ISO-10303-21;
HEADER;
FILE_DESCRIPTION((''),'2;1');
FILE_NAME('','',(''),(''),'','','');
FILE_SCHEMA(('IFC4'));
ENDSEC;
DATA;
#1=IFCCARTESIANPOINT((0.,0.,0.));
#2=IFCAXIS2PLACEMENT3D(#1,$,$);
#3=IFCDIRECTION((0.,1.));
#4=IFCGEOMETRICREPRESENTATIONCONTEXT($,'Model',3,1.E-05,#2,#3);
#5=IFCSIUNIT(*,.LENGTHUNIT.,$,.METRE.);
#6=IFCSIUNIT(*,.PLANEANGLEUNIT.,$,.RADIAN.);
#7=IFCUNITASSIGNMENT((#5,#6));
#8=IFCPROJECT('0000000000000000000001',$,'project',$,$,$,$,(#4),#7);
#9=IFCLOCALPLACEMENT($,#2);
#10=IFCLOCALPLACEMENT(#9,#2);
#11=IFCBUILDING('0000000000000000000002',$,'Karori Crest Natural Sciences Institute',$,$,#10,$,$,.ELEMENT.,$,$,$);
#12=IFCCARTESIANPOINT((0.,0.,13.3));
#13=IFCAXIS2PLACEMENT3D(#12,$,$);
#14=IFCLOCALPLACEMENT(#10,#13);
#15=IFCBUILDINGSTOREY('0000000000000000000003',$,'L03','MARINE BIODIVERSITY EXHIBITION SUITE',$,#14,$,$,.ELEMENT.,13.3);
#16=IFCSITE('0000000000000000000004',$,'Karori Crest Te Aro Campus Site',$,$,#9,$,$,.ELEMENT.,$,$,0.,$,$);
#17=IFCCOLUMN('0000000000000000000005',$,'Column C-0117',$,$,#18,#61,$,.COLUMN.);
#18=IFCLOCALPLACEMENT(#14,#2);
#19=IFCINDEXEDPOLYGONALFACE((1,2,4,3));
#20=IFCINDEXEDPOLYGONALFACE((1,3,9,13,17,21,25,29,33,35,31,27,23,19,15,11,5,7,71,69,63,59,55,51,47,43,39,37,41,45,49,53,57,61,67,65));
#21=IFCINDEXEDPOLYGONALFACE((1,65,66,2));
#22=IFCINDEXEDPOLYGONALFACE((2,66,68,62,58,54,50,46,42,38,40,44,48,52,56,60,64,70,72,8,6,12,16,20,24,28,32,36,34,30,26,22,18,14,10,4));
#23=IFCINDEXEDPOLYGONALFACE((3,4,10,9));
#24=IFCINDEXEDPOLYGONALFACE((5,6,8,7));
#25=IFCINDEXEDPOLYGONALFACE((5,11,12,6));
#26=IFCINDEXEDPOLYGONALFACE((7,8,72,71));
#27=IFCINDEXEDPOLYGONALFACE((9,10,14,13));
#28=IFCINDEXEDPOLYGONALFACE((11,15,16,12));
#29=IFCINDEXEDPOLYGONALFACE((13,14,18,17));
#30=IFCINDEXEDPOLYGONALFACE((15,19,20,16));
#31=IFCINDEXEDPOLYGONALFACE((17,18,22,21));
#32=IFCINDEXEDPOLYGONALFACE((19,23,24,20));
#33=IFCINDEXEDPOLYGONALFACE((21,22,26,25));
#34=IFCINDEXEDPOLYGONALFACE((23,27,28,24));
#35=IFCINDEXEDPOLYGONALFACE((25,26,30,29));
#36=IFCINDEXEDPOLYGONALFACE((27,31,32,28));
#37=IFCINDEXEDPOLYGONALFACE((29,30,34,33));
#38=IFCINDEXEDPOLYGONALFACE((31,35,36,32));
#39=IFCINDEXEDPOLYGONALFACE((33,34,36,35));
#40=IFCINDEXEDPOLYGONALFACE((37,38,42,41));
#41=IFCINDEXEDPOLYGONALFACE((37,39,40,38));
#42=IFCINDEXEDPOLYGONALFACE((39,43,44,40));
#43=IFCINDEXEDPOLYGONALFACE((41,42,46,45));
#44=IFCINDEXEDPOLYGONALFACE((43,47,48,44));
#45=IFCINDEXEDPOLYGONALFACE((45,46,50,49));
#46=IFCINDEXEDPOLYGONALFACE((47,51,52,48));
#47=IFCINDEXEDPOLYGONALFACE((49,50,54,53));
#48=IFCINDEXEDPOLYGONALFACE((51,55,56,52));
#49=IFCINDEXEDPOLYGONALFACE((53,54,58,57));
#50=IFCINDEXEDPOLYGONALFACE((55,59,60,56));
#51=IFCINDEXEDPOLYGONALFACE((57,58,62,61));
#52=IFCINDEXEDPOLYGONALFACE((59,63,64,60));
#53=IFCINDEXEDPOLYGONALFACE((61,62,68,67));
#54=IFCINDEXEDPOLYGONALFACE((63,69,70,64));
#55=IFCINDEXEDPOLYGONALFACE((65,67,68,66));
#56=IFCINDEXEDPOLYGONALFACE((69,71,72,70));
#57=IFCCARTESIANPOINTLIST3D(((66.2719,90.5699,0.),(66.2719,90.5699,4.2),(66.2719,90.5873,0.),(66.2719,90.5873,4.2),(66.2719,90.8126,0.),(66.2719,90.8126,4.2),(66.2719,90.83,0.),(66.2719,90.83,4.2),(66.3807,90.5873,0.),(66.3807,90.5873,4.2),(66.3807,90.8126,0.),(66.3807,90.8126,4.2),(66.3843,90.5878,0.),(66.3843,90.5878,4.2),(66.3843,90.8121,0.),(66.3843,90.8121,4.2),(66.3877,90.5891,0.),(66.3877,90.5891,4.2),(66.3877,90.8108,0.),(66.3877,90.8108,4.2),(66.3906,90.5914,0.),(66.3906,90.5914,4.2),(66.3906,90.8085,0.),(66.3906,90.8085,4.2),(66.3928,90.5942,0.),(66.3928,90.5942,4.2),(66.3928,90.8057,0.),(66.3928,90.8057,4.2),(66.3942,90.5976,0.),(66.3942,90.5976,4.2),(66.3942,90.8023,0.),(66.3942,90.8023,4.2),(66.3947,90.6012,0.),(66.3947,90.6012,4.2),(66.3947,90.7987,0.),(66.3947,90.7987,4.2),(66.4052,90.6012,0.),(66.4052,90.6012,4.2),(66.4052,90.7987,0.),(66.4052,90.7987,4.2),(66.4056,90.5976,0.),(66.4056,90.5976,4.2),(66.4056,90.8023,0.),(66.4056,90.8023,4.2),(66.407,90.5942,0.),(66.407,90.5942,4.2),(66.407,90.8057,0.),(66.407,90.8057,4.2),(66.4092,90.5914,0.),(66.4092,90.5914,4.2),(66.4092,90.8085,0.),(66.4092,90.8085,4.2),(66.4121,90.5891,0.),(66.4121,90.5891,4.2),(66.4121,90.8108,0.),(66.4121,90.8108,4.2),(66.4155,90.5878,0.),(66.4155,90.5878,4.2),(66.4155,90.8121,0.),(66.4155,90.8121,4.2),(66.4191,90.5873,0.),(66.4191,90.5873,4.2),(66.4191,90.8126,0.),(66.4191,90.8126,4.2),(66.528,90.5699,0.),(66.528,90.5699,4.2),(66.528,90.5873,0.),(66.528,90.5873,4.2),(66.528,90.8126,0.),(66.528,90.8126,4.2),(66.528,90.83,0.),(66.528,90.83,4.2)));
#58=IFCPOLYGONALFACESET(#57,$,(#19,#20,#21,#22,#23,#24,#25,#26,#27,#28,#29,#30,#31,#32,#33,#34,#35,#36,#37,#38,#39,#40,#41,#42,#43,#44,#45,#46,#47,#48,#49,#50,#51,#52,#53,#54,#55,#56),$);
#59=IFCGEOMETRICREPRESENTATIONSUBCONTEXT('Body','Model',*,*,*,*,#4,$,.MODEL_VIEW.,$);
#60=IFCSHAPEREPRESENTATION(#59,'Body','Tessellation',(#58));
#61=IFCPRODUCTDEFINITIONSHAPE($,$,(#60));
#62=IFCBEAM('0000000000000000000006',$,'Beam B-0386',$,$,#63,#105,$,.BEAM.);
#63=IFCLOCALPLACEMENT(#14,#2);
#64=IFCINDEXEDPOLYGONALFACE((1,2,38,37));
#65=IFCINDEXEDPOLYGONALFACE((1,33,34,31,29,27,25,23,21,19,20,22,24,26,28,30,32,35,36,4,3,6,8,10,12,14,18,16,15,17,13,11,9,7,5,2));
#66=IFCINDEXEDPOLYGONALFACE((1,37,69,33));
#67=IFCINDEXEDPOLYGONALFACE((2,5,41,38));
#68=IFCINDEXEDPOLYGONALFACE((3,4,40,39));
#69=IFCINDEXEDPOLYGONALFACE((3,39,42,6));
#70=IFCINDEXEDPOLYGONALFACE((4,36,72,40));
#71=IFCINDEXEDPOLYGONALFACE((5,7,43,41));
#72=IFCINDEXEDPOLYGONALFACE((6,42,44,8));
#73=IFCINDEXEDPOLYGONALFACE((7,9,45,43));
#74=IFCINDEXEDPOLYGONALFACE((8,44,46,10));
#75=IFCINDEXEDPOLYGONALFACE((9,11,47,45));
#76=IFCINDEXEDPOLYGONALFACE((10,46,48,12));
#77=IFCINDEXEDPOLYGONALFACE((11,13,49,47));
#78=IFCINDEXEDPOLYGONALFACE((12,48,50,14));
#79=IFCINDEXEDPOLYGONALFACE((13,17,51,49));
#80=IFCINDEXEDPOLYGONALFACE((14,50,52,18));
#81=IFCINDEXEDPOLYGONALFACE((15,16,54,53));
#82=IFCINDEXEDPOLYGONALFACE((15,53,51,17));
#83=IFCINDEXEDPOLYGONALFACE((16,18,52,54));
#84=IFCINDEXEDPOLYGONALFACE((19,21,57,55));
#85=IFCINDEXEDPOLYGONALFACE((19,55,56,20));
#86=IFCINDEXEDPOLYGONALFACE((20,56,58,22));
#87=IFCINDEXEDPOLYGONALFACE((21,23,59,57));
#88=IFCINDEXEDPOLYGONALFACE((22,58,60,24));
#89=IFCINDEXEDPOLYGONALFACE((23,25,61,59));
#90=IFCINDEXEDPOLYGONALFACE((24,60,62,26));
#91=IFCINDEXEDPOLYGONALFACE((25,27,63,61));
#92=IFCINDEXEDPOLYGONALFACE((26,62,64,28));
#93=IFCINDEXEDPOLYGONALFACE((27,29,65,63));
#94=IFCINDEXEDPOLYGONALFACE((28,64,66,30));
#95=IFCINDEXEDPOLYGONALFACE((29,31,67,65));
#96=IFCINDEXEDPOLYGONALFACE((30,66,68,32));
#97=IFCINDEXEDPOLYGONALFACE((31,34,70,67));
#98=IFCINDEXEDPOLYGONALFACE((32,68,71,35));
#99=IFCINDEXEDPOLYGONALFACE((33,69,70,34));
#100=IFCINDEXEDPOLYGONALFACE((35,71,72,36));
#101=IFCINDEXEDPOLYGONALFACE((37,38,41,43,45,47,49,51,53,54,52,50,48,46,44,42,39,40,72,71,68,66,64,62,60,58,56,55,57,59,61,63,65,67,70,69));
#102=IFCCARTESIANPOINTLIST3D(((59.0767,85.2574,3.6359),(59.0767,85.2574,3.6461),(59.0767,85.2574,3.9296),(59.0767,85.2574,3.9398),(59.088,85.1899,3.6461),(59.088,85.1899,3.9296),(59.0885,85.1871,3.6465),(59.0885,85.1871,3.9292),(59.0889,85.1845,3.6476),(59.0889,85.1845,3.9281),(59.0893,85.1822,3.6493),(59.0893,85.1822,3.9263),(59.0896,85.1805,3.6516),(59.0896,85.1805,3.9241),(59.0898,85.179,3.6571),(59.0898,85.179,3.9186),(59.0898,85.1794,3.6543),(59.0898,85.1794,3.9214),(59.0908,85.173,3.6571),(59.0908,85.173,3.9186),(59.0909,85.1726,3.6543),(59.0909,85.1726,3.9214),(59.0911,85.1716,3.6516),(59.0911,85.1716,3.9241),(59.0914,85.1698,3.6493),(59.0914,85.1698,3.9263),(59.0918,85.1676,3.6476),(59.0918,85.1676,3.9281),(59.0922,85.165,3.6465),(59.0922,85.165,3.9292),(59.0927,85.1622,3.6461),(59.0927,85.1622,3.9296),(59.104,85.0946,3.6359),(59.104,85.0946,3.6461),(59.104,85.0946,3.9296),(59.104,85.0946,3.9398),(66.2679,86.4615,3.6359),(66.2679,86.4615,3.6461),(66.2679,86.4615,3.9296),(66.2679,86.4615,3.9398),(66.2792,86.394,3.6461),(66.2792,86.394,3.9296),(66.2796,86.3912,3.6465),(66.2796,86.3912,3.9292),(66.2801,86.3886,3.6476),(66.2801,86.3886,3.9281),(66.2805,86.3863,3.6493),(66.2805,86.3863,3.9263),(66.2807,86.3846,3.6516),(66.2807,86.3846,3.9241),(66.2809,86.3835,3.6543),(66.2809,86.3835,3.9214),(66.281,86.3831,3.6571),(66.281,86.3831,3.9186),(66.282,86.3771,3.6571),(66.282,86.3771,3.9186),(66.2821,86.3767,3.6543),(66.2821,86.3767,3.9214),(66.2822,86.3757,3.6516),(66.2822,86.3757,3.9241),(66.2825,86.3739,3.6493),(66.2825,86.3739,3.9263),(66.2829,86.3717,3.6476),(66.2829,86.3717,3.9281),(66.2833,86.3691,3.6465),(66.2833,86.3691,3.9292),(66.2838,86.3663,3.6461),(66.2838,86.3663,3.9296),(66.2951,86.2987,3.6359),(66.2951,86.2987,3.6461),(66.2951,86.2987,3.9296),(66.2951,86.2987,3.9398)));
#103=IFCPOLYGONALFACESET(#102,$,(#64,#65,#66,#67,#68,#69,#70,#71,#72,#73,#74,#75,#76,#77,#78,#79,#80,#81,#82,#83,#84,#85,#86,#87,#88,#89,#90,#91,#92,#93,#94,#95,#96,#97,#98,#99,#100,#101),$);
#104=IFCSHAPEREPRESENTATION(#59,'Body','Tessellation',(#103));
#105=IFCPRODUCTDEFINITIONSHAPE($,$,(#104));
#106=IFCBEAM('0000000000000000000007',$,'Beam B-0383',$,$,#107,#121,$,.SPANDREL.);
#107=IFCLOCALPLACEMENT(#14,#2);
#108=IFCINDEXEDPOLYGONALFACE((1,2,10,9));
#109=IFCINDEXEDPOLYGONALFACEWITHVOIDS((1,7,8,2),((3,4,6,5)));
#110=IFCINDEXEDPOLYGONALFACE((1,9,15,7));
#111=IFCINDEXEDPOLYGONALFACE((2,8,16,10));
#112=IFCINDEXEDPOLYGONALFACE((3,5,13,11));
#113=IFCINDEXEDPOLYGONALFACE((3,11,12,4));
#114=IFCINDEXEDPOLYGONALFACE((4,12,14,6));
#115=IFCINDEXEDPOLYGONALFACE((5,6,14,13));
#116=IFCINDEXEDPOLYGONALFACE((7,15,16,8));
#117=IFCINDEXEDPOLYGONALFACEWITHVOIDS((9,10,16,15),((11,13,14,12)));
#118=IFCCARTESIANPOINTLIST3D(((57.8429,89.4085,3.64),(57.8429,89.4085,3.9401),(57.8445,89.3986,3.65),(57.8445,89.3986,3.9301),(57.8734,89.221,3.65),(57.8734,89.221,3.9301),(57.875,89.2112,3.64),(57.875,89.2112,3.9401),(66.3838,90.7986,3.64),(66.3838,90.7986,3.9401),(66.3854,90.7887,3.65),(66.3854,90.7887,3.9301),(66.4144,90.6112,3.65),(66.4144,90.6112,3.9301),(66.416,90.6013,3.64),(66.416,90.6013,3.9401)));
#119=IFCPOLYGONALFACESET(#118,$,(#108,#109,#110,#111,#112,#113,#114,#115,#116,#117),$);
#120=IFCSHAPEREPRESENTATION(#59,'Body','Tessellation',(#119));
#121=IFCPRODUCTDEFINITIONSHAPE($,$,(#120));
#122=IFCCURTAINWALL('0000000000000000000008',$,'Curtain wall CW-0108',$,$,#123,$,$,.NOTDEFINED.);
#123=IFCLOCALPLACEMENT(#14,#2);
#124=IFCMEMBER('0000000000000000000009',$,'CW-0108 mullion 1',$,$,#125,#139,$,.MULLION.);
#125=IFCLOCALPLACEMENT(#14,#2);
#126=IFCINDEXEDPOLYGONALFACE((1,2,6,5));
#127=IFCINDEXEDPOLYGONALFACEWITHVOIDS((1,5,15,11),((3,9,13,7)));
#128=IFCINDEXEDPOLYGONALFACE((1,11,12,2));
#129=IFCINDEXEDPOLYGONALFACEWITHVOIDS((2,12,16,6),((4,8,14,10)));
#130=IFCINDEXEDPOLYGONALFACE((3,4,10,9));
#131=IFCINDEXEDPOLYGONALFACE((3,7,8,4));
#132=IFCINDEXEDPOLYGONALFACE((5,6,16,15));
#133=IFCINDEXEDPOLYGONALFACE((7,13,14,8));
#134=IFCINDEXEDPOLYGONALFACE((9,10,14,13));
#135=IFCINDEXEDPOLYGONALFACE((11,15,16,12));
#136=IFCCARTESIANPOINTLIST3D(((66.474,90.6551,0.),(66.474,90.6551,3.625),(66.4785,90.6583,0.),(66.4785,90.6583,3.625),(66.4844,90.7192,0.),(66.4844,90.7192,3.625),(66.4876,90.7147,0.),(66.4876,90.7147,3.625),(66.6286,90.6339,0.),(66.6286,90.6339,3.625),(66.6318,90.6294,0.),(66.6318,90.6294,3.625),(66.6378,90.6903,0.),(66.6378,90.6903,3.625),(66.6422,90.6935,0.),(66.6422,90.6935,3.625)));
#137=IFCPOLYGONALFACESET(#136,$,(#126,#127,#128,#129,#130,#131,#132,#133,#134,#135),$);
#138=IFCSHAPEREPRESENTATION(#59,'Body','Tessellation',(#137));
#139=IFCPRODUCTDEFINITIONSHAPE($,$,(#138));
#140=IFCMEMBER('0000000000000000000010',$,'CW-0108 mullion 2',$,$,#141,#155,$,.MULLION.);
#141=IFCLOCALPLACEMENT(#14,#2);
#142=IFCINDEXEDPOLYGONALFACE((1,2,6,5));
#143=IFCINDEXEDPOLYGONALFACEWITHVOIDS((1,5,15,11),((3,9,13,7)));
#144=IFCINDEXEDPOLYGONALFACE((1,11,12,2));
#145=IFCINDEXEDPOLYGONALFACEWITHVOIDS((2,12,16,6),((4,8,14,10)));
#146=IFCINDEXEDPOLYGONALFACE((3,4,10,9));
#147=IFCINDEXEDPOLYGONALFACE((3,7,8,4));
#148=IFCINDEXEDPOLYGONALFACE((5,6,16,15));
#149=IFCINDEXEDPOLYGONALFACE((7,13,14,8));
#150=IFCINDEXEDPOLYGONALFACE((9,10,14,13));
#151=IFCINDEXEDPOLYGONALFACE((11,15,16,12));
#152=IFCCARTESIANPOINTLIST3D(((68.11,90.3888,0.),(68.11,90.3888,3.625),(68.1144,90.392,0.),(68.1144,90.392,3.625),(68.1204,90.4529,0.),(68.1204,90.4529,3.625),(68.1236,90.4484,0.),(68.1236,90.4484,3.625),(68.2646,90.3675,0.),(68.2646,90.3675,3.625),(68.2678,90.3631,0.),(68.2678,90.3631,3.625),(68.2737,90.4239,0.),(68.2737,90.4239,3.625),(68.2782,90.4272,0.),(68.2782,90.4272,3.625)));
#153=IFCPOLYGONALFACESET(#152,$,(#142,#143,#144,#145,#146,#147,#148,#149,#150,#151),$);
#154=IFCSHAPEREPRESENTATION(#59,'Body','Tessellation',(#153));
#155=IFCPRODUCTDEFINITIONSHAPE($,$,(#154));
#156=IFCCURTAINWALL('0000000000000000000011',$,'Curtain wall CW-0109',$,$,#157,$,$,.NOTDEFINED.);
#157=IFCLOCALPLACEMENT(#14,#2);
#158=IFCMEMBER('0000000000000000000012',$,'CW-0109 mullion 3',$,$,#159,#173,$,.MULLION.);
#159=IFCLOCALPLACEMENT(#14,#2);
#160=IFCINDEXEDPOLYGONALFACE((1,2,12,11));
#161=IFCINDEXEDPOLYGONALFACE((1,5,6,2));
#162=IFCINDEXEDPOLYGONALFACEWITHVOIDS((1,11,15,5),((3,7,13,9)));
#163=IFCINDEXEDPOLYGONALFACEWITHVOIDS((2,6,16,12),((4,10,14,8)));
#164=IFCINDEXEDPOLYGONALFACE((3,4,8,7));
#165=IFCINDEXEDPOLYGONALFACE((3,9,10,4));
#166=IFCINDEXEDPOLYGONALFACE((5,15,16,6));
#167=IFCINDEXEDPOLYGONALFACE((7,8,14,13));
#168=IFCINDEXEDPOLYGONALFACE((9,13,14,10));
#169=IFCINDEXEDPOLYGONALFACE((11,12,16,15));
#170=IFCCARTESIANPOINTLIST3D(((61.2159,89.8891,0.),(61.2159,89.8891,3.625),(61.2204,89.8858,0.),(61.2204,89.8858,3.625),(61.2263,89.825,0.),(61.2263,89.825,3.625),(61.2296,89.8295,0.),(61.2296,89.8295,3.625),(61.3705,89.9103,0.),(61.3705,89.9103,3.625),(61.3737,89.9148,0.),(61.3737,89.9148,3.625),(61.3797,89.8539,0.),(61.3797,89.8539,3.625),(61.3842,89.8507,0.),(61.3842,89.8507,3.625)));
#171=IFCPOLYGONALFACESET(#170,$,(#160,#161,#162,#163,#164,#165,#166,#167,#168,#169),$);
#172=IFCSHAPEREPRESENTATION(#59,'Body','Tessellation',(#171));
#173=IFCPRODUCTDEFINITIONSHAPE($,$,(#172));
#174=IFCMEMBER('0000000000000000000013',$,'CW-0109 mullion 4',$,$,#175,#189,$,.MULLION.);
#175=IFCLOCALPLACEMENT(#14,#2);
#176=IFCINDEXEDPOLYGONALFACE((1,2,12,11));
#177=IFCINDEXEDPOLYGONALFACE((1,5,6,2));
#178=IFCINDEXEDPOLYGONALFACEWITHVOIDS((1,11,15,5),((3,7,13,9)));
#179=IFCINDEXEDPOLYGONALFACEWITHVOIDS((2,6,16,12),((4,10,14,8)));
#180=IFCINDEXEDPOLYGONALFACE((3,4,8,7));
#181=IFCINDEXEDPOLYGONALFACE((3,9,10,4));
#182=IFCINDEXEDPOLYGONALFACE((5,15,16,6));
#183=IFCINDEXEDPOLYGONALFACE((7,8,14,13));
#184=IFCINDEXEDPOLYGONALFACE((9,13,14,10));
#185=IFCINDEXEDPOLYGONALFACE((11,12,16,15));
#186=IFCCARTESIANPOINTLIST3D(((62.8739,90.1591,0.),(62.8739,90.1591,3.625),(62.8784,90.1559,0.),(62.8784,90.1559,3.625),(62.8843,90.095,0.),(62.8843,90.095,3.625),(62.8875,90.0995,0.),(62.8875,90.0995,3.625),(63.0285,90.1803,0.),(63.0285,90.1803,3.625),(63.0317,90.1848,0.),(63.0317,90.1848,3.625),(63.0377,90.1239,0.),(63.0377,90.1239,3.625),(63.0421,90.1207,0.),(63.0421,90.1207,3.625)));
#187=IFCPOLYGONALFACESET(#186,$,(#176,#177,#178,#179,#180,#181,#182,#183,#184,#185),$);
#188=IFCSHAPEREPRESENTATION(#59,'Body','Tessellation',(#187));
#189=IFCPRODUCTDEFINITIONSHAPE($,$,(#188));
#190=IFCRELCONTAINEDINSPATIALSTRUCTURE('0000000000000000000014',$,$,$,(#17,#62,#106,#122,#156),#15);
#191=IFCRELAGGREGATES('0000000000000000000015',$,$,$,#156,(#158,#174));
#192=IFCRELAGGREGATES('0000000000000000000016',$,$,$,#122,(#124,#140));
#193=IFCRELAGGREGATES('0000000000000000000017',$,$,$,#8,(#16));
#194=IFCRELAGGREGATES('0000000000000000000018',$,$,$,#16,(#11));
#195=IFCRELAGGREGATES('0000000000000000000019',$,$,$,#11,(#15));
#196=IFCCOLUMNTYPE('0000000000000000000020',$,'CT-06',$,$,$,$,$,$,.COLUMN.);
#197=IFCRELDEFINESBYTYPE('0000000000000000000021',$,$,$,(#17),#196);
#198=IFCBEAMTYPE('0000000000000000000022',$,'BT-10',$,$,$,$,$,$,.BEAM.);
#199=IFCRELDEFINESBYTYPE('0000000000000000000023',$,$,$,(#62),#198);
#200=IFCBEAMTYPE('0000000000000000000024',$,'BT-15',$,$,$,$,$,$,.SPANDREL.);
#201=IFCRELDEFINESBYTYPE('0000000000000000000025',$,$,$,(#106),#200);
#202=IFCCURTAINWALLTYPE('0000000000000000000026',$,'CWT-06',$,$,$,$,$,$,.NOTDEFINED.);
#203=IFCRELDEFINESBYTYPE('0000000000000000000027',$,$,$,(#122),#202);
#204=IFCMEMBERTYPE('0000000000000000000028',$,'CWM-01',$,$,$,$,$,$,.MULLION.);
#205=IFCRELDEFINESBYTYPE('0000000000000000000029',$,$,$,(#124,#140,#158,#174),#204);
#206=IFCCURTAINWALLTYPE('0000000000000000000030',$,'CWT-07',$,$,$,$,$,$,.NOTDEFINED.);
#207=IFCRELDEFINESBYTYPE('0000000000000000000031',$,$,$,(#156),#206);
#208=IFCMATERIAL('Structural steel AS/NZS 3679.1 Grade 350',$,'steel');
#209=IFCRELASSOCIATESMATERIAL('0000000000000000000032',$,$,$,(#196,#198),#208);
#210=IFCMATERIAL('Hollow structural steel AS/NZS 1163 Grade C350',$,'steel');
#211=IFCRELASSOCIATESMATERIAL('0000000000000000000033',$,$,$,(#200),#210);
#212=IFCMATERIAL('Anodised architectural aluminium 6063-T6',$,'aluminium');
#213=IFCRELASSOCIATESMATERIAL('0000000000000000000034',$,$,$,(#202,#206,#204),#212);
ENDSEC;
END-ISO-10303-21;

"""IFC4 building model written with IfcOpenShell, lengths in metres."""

from ifc_helpers import new_model, si_unit, direction, frame, origin, origin_2d, place, context, subcontext, project, spatial, hollow_rectangle, i_section, extrude, material, material_profile, profile_set, type_object, element, aggregate, save


model = new_model("IFC4")

# Units and contexts
model_context = context("Model", 3, precision=1e-05, world=origin(), true_north=direction((0.0, 1.0)))
body_context = subcontext(model_context, "Body", "Model", "MODEL_VIEW")
ifc_project = project(units=[si_unit("LENGTHUNIT", "METRE"), si_unit("PLANEANGLEUNIT", "RADIAN")], contexts=[model_context])

# Site, building, storey
site_placement = place(None, origin())
site = spatial("IfcSite", under=ifc_project, at=site_placement, Name="Karori Crest Te Aro Campus Site", CompositionType="ELEMENT", RefElevation=0.0)
building_placement = place(site_placement, origin())
building = spatial("IfcBuilding", under=site, at=building_placement, Name="Karori Crest Natural Sciences Institute", CompositionType="ELEMENT")
storey_placement = place(building_placement, frame((0.0, 0.0, 13.3)))
storey = spatial("IfcBuildingStorey", under=building, at=storey_placement, Name="L03", Description="MARINE BIODIVERSITY EXHIBITION SUITE", CompositionType="ELEMENT", Elevation=13.3)

# Column
ifc_material_1 = material(Name="Structural steel AS/NZS 3679.1 Grade 350", Category="steel")
ifc_material_profile_1 = material_profile(ifc_material_1, i_section(OverallWidth=0.2561, OverallDepth=0.26, WebThickness=0.0105, FlangeThickness=0.0173, FilletRadius=0.0139, at=origin_2d()), Name="250UC89.5")
ifc_profile_set_1 = profile_set([ifc_material_profile_1], Name="Structural steel AS/NZS 3679.1 Grade 350")
column_type = type_object("IfcColumnType", Name="CT-06", PredefinedType="COLUMN", material=ifc_profile_set_1)
column_placement = place(storey_placement, frame((66.3999, 90.7, 0.0), z_axis=(0.0, 0.0, 1.0), x_axis=(1.0, 0.0, 0.0)))
element("IfcColumn", 1, at=column_placement, inside=storey, type_object=column_type, Name="Column C-0117", PredefinedType="COLUMN", context=body_context, shape_type="SweptSolid", body=[
    extrude(i_section(OverallWidth=0.2561, OverallDepth=0.26, WebThickness=0.0105, FlangeThickness=0.0173, FilletRadius=0.0139, at=origin_2d()), origin(), (0.0, 0.0, 1.0), 4.2),
])

# Beams
ifc_material_profile_2 = material_profile(ifc_material_1, i_section(OverallWidth=0.165, OverallDepth=0.304, WebThickness=0.0061, FlangeThickness=0.0103, FilletRadius=0.011, at=origin_2d()), Name="310UB40.4")
ifc_profile_set_2 = profile_set([ifc_material_profile_2], Name="Structural steel AS/NZS 3679.1 Grade 350")
beam_type_1 = type_object("IfcBeamType", Name="BT-10", PredefinedType="BEAM", material=ifc_profile_set_2)
beam_1_placement = place(storey_placement, frame((66.2815, 86.3801, 3.7878), z_axis=(-0.98627, -0.165143, 0.0), x_axis=(0.165143, -0.98627, 0.0)))
element("IfcBeam", 2, at=beam_1_placement, inside=storey, type_object=beam_type_1, Name="Beam B-0386", PredefinedType="BEAM", context=body_context, shape_type="SweptSolid", body=[
    extrude(i_section(OverallWidth=0.165, OverallDepth=0.304, WebThickness=0.0061, FlangeThickness=0.0103, FilletRadius=0.011, at=origin_2d()), origin(), (0.0, 0.0, 1.0), 7.2913),
])
ifc_material_2 = material(Name="Hollow structural steel AS/NZS 1163 Grade C350", Category="steel")
ifc_material_profile_3 = material_profile(ifc_material_2, hollow_rectangle(XDim=0.2, YDim=0.3, WallThickness=0.01, at=origin_2d()), Name="RHS300x200x10")
ifc_profile_set_3 = profile_set([ifc_material_profile_3], Name="Hollow structural steel AS/NZS 1163 Grade C350")
beam_type_2 = type_object("IfcBeamType", Name="BT-15", PredefinedType="SPANDREL", material=ifc_profile_set_3)
beam_2_placement = place(storey_placement, frame((66.3999, 90.7, 3.79), z_axis=(-0.987012, -0.160646, 0.0), x_axis=(0.160646, -0.987012, 0.0)))
element("IfcBeam", 3, at=beam_2_placement, inside=storey, type_object=beam_type_2, Name="Beam B-0383", PredefinedType="SPANDREL", context=body_context, shape_type="SweptSolid", body=[
    extrude(hollow_rectangle(XDim=0.2, YDim=0.3, WallThickness=0.01, at=origin_2d()), origin(), (0.0, 0.0, 1.0), 8.6533),
])

# Curtain walls, members
ifc_material_3 = material(Name="Anodised architectural aluminium 6063-T6", Category="aluminium")
curtain_wall_type_1 = type_object("IfcCurtainWallType", Name="CWT-06", PredefinedType="NOTDEFINED", material=ifc_material_3)
curtain_wall_1_placement = place(storey_placement, origin())
curtain_wall_1 = element("IfcCurtainWall", 4, at=curtain_wall_1_placement, inside=storey, type_object=curtain_wall_type_1, Name="Curtain wall CW-0108", PredefinedType="NOTDEFINED")
ifc_material_profile_4 = material_profile(ifc_material_3, hollow_rectangle(XDim=0.0649, YDim=0.1599, WallThickness=0.0039, at=origin_2d()), Name="CWM160x65x4")
ifc_profile_set_4 = profile_set([ifc_material_profile_4], Name="Anodised architectural aluminium 6063-T6")
member_type_1 = type_object("IfcMemberType", Name="CWM-01", PredefinedType="MULLION", material=ifc_profile_set_4)
member_1_placement = place(storey_placement, frame((66.5581, 90.6743, 0.0), z_axis=(0.0, 0.0, 1.0), x_axis=(0.160655, 0.987011, 0.0)))
member_1 = element("IfcMember", 5, at=member_1_placement, type_object=member_type_1, Name="CW-0108 mullion 1", PredefinedType="MULLION", context=body_context, shape_type="SweptSolid", body=[
    extrude(hollow_rectangle(XDim=0.0649, YDim=0.1599, WallThickness=0.0039, at=origin_2d()), origin(), (0.0, 0.0, 1.0), 3.625),
])
member_2_placement = place(storey_placement, frame((68.1941, 90.408, 0.0), z_axis=(0.0, 0.0, 1.0), x_axis=(0.160655, 0.987011, 0.0)))
member_2 = element("IfcMember", 6, at=member_2_placement, type_object=member_type_1, Name="CW-0108 mullion 2", PredefinedType="MULLION", context=body_context, shape_type="SweptSolid", body=[
    extrude(hollow_rectangle(XDim=0.0649, YDim=0.1599, WallThickness=0.0039, at=origin_2d()), origin(), (0.0, 0.0, 1.0), 3.625),
])
curtain_wall_type_2 = type_object("IfcCurtainWallType", Name="CWT-07", PredefinedType="NOTDEFINED", material=ifc_material_3)
curtain_wall_2_placement = place(storey_placement, origin())
curtain_wall_2 = element("IfcCurtainWall", 7, at=curtain_wall_2_placement, inside=storey, type_object=curtain_wall_type_2, Name="Curtain wall CW-0109", PredefinedType="NOTDEFINED")
member_3_placement = place(storey_placement, frame((61.3, 89.8699, 0.0), z_axis=(0.0, 0.0, 1.0), x_axis=(-0.16065, 0.987011, 0.0)))
member_3 = element("IfcMember", 8, at=member_3_placement, type_object=member_type_1, Name="CW-0109 mullion 3", PredefinedType="MULLION", context=body_context, shape_type="SweptSolid", body=[
    extrude(hollow_rectangle(XDim=0.0649, YDim=0.1599, WallThickness=0.0039, at=origin_2d()), origin(), (0.0, 0.0, 1.0), 3.625),
])
member_4_placement = place(storey_placement, frame((62.958, 90.1399, 0.0), z_axis=(0.0, 0.0, 1.0), x_axis=(-0.16065, 0.987011, 0.0)))
member_4 = element("IfcMember", 9, at=member_4_placement, type_object=member_type_1, Name="CW-0109 mullion 4", PredefinedType="MULLION", context=body_context, shape_type="SweptSolid", body=[
    extrude(hollow_rectangle(XDim=0.0649, YDim=0.1599, WallThickness=0.0039, at=origin_2d()), origin(), (0.0, 0.0, 1.0), 3.625),
])

aggregate(curtain_wall_2, [member_3, member_4])
aggregate(curtain_wall_1, [member_1, member_2])

save(model, "model.ifc")
